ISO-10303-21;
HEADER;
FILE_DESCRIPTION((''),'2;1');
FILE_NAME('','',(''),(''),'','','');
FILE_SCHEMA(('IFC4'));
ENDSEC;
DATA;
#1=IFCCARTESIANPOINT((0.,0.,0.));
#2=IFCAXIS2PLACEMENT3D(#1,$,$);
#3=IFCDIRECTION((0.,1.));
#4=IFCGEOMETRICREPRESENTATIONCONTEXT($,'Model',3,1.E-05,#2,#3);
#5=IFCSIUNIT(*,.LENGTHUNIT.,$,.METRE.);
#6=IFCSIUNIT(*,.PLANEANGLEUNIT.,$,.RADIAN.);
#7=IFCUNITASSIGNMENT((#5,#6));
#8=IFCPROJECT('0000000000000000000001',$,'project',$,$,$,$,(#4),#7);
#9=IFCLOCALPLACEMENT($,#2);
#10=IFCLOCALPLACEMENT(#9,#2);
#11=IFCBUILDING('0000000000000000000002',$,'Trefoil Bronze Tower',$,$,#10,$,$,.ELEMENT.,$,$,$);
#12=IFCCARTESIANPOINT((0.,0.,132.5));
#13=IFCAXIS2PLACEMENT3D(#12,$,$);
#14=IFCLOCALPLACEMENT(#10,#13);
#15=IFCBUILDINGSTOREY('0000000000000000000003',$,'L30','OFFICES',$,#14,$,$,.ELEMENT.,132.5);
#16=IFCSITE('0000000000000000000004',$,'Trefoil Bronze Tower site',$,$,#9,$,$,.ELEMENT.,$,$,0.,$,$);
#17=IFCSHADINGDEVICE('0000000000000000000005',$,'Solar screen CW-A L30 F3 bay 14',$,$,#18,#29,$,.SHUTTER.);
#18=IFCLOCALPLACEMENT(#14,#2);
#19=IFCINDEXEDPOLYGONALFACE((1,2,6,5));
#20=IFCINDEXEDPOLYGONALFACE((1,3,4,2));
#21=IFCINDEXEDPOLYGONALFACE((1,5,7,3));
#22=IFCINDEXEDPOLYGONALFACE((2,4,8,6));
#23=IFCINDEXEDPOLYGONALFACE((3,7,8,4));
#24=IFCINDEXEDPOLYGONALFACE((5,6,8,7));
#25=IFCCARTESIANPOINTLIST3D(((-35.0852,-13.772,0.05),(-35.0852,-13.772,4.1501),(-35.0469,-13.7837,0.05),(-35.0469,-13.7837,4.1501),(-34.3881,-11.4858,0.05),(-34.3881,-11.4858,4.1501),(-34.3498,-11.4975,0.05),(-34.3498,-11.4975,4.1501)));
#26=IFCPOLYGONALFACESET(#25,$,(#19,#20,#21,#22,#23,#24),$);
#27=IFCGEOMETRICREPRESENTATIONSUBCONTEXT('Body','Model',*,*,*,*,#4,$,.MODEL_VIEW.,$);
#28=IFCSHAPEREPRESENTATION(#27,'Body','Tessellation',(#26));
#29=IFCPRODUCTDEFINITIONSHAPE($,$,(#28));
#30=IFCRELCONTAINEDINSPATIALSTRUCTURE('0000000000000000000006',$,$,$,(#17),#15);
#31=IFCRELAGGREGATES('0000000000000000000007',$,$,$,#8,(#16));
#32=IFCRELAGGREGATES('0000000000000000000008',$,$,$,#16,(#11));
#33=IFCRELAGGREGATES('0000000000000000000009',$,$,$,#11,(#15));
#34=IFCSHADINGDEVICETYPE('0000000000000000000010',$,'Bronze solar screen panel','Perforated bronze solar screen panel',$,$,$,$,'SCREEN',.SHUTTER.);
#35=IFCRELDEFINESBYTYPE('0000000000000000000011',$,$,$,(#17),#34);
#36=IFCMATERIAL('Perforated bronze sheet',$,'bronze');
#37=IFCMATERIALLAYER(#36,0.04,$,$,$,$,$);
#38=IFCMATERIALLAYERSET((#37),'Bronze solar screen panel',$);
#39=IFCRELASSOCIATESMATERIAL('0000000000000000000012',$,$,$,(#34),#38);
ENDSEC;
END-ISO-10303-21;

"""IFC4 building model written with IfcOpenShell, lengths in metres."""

from ifc_helpers import new_model, si_unit, direction, frame, origin, origin_2d, place, context, subcontext, project, spatial, rectangle, extrude, material, layer, layer_set, type_object, element, save


model = new_model("IFC4")

# Units and contexts
model_context = context("Model", 3, precision=1e-05, world=origin(), true_north=direction((0.0, 1.0)))
body_context = subcontext(model_context, "Body", "Model", "MODEL_VIEW")
ifc_project = project(units=[si_unit("LENGTHUNIT", "METRE"), si_unit("PLANEANGLEUNIT", "RADIAN")], contexts=[model_context])

# Site, building, storey
site_placement = place(None, origin())
site = spatial("IfcSite", under=ifc_project, at=site_placement, Name="Trefoil Bronze Tower site", CompositionType="ELEMENT", RefElevation=0.0)
building_placement = place(site_placement, origin())
building = spatial("IfcBuilding", under=site, at=building_placement, Name="Trefoil Bronze Tower", CompositionType="ELEMENT")
storey_placement = place(building_placement, frame((0.0, 0.0, 132.5)))
storey = spatial("IfcBuildingStorey", under=building, at=storey_placement, Name="L30", Description="OFFICES", CompositionType="ELEMENT", Elevation=132.5)

# Shading device
ifc_material_1 = material(Name="Perforated bronze sheet", Category="bronze")
ifc_layer_1 = layer(ifc_material_1, 0.04)
ifc_layer_set_1 = layer_set([ifc_layer_1], Name="Bronze solar screen panel")
shading_device_type = type_object("IfcShadingDeviceType", Name="Bronze solar screen panel", Description="Perforated bronze solar screen panel", ElementType="SCREEN", PredefinedType="SHUTTER", material=ifc_layer_set_1)
shading_device_1_placement = place(storey_placement, frame((-34.7175, -12.6348, 0.05), z_axis=(0.0, 0.0, 1.0), x_axis=(-0.291669, -0.956519, 0.0)))
element("IfcShadingDevice", 1, at=shading_device_1_placement, inside=storey, type_object=shading_device_type, Name="Solar screen CW-A L30 F3 bay 14", PredefinedType="SHUTTER", context=body_context, shape_type="SweptSolid", body=[
    extrude(rectangle(XDim=2.3901, YDim=0.04, at=origin_2d()), origin(), (0.0, 0.0, 1.0), 4.1001),
])

save(model, "model.ifc")
